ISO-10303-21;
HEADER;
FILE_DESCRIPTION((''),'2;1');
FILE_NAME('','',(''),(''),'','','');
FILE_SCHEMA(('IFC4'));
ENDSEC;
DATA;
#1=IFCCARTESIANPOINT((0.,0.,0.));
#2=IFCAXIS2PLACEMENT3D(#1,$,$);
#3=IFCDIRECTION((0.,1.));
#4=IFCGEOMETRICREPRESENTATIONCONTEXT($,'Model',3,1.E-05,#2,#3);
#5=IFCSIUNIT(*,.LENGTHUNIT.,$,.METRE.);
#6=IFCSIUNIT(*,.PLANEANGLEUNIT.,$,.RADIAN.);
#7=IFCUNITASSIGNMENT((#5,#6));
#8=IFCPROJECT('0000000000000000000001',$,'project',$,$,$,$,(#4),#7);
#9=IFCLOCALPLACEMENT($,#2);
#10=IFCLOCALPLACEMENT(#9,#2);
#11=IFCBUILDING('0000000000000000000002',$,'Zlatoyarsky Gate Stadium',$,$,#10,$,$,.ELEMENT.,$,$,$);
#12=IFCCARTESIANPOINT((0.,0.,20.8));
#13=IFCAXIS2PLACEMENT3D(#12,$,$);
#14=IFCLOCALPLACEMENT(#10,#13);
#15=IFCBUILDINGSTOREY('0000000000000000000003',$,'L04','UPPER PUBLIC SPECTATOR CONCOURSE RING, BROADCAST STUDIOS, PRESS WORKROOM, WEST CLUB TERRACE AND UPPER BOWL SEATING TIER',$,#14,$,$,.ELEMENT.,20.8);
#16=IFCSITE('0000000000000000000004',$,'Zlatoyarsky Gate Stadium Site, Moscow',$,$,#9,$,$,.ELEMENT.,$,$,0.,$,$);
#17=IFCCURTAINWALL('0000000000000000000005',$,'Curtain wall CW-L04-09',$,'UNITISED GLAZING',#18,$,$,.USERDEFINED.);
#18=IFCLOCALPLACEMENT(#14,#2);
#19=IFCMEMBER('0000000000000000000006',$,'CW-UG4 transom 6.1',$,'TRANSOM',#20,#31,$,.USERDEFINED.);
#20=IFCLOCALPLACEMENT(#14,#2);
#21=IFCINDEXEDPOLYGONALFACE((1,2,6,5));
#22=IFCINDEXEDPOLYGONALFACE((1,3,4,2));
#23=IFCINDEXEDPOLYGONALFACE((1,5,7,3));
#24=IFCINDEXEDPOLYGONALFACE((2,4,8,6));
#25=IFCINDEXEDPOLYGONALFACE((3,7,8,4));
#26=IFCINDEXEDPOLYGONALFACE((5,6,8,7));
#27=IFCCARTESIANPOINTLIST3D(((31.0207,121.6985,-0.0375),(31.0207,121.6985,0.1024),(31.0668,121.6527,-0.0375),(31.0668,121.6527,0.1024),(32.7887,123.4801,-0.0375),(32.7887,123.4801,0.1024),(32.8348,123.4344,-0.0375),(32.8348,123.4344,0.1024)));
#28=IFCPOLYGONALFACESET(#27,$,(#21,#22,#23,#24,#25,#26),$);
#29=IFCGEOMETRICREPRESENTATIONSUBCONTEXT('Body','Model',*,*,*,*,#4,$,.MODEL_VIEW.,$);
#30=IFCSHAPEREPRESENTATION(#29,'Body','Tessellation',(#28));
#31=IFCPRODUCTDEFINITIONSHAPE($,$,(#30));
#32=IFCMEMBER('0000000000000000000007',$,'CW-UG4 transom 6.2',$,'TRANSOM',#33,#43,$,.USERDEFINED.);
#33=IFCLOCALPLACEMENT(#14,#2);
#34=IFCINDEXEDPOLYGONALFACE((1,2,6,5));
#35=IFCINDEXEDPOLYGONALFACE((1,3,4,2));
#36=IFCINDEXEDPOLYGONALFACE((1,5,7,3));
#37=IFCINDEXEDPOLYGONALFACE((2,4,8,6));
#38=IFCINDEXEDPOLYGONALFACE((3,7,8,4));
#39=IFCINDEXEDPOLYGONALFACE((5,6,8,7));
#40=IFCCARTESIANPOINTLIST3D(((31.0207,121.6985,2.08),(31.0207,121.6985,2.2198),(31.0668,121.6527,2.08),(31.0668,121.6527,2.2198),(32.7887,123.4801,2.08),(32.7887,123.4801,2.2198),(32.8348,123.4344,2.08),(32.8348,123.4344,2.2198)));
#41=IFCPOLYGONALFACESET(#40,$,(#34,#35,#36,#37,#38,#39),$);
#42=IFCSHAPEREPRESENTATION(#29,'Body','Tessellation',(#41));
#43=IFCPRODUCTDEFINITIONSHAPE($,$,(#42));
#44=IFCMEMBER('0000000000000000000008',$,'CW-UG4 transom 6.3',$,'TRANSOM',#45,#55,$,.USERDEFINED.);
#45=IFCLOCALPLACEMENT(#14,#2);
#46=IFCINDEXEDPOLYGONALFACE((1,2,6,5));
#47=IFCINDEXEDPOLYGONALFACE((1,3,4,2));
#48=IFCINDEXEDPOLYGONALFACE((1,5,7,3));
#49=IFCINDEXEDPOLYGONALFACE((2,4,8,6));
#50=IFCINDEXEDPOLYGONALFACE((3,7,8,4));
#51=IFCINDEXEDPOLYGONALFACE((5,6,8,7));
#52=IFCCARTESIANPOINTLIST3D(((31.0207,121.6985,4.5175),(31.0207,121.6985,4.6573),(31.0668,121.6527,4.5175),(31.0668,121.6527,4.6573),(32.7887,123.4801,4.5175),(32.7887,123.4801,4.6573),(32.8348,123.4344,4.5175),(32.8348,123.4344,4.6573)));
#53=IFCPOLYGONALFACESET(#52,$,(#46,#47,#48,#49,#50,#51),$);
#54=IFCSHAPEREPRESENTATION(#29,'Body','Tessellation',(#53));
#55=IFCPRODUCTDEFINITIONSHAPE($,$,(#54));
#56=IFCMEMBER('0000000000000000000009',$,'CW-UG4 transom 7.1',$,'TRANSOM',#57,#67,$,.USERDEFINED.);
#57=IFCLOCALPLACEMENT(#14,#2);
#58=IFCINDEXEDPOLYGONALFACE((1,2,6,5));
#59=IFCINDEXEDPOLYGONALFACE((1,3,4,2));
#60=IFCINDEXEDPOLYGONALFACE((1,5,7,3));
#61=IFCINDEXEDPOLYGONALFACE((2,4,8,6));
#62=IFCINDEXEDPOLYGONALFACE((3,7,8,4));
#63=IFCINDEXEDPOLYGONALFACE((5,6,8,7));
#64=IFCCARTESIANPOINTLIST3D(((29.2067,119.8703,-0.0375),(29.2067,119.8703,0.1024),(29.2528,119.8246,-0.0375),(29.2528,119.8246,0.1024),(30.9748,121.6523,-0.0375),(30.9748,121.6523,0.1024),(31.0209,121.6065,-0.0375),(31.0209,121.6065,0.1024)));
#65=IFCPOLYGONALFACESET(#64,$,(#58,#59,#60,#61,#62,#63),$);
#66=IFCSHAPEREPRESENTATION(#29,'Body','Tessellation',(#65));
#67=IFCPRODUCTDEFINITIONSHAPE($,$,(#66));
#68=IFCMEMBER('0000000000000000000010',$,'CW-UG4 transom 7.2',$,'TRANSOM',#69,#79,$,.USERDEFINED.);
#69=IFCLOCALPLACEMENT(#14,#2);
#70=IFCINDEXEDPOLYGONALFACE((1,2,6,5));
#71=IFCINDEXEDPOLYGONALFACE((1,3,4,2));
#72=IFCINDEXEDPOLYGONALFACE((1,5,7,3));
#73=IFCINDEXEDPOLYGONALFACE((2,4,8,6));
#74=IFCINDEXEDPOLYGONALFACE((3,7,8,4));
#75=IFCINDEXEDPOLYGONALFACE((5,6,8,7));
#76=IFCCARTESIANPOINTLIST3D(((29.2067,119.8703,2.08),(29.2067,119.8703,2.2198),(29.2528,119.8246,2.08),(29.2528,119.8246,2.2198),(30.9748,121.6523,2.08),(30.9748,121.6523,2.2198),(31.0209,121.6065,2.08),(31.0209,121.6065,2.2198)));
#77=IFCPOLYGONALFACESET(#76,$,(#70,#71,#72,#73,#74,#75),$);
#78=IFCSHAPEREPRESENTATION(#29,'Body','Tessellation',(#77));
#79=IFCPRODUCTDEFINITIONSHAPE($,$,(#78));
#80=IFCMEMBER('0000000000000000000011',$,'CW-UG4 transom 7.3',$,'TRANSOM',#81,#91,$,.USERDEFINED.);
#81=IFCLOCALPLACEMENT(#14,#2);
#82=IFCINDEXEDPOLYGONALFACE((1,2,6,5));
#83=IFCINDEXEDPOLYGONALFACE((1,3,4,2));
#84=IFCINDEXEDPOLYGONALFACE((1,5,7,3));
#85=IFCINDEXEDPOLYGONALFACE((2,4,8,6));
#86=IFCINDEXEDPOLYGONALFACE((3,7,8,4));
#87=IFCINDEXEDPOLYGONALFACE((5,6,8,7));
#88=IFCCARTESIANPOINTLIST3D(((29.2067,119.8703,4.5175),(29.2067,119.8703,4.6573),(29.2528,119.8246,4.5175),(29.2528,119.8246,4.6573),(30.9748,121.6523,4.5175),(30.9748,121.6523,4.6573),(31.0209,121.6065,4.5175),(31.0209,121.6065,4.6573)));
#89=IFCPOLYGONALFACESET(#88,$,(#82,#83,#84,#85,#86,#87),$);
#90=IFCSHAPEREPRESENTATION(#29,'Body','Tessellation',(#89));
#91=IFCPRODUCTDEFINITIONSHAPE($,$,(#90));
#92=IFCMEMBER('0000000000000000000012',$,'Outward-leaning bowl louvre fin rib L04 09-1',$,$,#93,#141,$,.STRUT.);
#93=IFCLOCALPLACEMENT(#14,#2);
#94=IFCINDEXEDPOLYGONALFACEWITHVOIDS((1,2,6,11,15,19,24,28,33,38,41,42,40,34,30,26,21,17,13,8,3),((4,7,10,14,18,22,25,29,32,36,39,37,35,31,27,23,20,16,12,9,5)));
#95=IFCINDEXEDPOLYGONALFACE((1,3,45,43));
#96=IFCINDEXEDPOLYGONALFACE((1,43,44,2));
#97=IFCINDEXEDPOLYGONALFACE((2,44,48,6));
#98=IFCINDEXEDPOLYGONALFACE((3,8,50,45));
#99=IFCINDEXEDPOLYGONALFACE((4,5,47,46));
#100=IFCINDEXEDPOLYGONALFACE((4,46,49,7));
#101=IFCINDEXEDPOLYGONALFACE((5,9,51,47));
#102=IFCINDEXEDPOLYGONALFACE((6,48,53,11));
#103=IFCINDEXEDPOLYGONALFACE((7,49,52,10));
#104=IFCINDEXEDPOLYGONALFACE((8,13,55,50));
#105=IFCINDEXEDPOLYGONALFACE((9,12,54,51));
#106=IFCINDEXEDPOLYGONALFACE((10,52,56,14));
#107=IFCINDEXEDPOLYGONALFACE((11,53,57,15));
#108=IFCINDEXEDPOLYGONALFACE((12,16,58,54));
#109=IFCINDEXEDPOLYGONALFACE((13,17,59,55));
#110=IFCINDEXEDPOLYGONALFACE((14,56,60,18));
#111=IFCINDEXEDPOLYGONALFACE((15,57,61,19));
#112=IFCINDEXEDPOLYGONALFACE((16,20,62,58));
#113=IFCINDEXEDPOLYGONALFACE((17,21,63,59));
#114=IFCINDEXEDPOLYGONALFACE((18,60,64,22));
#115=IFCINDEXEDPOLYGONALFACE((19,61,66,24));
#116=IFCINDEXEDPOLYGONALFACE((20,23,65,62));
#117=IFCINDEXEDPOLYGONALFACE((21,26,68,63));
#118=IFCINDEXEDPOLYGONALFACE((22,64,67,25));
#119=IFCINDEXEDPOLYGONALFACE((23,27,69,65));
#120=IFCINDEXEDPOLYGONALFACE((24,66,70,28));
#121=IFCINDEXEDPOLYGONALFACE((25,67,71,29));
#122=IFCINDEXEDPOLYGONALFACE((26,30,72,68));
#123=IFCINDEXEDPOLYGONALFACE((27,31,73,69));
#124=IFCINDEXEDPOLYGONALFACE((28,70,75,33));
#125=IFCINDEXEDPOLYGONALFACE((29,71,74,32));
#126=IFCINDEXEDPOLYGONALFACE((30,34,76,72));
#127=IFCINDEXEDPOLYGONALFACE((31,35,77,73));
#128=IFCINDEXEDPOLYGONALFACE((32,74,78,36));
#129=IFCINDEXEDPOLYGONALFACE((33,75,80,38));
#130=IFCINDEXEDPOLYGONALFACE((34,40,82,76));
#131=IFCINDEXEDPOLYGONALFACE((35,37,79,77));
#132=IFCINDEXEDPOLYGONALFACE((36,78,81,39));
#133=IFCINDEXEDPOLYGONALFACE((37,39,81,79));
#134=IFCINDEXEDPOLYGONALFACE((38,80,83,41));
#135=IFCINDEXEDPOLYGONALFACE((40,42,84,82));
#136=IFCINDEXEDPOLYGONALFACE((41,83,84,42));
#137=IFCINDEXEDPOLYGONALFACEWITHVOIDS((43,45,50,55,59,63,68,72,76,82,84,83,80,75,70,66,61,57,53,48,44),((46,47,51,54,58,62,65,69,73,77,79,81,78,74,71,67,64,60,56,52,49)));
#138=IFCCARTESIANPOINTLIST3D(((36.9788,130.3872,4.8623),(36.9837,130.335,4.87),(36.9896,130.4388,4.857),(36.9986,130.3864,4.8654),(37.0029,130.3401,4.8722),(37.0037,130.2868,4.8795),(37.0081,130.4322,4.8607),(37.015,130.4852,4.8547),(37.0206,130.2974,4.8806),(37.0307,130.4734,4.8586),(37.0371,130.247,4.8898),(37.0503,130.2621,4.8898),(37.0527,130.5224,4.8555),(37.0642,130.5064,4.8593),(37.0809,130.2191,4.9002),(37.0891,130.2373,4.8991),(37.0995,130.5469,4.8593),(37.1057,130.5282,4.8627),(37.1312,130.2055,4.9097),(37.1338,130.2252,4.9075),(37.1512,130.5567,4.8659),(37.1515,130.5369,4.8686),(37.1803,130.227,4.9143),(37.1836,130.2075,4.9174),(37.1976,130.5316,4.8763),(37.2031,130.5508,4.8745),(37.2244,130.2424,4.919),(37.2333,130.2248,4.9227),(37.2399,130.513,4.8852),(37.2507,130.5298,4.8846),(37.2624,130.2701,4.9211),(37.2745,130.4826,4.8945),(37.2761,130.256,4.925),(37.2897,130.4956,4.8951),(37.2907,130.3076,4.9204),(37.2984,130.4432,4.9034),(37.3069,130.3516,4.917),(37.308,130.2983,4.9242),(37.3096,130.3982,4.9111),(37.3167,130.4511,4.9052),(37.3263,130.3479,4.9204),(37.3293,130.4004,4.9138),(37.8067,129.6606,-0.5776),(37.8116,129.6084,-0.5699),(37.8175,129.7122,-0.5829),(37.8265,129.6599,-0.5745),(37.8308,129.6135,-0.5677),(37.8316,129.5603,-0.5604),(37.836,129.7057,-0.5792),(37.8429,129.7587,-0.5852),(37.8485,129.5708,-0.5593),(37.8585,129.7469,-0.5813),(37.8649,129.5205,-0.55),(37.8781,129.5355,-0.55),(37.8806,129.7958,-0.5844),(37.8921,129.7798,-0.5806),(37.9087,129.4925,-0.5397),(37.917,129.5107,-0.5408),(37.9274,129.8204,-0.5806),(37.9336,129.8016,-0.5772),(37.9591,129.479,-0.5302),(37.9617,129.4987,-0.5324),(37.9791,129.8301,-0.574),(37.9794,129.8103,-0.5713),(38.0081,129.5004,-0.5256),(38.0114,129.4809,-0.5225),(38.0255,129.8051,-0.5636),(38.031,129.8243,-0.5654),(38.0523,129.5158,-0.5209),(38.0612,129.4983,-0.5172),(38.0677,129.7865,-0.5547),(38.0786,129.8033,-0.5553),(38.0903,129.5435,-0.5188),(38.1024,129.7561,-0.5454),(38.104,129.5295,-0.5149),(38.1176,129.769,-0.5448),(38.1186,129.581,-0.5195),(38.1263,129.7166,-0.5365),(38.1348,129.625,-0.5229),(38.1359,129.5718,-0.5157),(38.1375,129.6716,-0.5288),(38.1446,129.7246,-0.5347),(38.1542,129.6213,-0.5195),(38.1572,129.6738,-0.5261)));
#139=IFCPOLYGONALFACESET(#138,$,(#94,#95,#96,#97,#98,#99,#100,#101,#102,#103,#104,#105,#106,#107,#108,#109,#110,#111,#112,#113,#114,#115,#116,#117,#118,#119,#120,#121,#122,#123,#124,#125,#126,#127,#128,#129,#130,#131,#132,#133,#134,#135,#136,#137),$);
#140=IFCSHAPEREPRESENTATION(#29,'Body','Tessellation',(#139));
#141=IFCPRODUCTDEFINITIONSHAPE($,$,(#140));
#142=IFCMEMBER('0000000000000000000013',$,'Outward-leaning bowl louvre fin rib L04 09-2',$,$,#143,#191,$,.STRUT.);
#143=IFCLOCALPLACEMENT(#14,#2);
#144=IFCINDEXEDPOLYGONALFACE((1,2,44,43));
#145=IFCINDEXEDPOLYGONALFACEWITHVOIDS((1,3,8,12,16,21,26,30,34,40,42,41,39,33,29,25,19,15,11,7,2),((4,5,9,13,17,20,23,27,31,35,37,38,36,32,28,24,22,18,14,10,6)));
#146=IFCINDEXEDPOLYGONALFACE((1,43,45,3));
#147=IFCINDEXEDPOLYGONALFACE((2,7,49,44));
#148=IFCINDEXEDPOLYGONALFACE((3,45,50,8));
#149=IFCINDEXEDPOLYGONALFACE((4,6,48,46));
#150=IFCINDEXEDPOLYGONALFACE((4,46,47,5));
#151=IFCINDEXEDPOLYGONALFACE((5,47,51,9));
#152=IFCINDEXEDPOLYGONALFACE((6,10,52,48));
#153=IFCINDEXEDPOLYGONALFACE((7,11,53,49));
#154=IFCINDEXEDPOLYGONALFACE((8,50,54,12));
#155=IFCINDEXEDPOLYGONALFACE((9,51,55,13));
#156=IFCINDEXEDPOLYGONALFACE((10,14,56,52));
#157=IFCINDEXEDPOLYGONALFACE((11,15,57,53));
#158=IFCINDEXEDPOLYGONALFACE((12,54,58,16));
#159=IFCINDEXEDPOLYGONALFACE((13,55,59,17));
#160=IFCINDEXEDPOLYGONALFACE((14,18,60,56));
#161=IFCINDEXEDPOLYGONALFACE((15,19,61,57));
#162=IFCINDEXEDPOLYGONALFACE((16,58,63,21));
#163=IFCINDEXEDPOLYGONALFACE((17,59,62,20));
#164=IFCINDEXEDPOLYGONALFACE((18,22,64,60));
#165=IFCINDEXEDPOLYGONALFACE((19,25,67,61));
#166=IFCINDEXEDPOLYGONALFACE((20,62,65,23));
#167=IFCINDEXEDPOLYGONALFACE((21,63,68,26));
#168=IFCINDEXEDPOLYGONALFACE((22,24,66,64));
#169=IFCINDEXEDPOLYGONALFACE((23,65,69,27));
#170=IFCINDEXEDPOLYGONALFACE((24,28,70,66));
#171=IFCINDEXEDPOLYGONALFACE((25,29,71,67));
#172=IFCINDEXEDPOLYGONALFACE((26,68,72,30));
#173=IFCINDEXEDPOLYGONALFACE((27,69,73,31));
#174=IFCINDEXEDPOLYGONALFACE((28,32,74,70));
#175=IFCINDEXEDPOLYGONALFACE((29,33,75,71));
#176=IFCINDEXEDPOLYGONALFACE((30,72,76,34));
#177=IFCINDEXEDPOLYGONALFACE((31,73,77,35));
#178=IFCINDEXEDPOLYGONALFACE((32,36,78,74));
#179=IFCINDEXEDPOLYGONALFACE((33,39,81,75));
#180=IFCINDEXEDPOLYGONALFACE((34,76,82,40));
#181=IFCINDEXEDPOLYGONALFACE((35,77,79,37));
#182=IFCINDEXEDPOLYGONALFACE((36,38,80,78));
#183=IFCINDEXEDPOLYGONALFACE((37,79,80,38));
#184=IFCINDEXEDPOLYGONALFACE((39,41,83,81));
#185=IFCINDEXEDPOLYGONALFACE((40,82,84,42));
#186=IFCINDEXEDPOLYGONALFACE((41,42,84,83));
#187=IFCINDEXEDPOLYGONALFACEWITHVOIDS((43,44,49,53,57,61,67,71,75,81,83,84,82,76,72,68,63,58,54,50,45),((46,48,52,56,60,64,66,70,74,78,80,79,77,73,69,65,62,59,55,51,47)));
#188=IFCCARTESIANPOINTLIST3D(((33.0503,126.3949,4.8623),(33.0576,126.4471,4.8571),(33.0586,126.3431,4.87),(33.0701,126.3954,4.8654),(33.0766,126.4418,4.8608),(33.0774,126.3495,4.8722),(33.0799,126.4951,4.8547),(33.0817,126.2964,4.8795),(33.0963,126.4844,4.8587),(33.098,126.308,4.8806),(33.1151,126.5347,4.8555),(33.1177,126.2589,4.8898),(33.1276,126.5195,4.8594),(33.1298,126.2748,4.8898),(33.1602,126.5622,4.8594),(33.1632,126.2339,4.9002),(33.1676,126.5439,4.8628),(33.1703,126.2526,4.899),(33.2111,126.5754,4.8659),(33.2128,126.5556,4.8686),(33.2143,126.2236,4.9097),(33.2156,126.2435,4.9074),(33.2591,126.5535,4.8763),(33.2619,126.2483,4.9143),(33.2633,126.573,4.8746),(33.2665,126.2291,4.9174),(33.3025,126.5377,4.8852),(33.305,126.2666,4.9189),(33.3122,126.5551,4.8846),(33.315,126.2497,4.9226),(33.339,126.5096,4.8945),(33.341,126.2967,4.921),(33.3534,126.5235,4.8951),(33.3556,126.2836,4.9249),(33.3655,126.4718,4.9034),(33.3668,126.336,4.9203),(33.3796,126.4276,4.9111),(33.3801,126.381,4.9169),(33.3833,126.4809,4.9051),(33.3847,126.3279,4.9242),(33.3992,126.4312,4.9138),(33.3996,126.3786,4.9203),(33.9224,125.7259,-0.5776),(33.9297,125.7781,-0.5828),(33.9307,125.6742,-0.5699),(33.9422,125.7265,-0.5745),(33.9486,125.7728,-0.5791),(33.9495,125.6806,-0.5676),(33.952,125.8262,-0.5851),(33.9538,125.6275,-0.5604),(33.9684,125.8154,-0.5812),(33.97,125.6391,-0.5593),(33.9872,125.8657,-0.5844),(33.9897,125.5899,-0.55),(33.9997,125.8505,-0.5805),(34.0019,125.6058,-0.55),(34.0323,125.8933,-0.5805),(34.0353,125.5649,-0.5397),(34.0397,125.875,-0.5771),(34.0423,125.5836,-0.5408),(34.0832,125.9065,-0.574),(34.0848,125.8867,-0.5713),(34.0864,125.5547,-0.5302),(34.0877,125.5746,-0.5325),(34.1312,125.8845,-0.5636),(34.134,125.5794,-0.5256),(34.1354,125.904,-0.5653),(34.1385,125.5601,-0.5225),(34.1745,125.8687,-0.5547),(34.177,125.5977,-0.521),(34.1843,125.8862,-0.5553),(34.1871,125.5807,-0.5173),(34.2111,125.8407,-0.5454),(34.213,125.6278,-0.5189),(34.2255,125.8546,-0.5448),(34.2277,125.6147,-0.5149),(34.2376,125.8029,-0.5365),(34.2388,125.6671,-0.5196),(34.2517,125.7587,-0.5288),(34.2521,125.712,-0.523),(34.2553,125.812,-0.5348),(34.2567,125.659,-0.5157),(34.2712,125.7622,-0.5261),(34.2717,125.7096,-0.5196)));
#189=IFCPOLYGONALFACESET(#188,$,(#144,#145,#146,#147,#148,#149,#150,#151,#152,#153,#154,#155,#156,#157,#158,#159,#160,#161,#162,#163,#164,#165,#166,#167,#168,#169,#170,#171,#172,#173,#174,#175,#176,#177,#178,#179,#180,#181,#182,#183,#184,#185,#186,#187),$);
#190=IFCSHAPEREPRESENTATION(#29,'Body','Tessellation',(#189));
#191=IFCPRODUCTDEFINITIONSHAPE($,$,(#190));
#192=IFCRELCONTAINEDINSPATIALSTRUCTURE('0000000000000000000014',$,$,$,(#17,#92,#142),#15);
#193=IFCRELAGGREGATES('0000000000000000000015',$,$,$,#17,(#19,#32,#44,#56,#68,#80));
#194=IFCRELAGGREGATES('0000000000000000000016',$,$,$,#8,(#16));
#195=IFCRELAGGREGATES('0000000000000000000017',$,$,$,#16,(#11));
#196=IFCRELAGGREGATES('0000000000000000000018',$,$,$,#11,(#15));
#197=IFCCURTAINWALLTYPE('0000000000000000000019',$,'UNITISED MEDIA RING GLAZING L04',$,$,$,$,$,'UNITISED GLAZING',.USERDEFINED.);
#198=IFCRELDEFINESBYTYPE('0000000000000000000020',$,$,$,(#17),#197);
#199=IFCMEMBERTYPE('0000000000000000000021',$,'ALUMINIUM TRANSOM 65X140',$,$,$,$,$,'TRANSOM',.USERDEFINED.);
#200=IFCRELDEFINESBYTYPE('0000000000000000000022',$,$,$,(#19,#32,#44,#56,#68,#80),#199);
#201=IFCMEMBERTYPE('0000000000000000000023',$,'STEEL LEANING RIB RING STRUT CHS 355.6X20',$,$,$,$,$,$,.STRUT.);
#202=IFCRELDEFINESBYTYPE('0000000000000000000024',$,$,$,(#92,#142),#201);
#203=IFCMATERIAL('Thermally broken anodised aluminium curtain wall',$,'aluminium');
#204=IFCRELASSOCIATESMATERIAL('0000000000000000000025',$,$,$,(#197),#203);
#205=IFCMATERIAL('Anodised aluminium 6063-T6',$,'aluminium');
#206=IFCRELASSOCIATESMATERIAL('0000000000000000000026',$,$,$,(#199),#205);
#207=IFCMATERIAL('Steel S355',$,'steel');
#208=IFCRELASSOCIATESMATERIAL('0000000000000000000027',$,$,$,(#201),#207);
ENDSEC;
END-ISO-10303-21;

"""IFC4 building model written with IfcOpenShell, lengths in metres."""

from ifc_helpers import new_model, si_unit, direction, frame, origin, origin_2d, place, context, subcontext, project, spatial, rectangle, hollow_circle, extrude, material, material_profile, profile_set, type_object, element, aggregate, save


model = new_model("IFC4")

# Units and contexts
model_context = context("Model", 3, precision=1e-05, world=origin(), true_north=direction((0.0, 1.0)))
body_context = subcontext(model_context, "Body", "Model", "MODEL_VIEW")
ifc_project = project(units=[si_unit("LENGTHUNIT", "METRE"), si_unit("PLANEANGLEUNIT", "RADIAN")], contexts=[model_context])

# Site, building, storey
site_placement = place(None, origin())
site = spatial("IfcSite", under=ifc_project, at=site_placement, Name="Zlatoyarsky Gate Stadium Site, Moscow", CompositionType="ELEMENT", RefElevation=0.0)
building_placement = place(site_placement, origin())
building = spatial("IfcBuilding", under=site, at=building_placement, Name="Zlatoyarsky Gate Stadium", CompositionType="ELEMENT")
storey_placement = place(building_placement, frame((0.0, 0.0, 20.8)))
storey = spatial("IfcBuildingStorey", under=building, at=storey_placement, Name="L04", Description="UPPER PUBLIC SPECTATOR CONCOURSE RING, BROADCAST STUDIOS, PRESS WORKROOM, WEST CLUB TERRACE AND UPPER BOWL SEATING TIER", CompositionType="ELEMENT", Elevation=20.8)

# Curtain wall, members
ifc_material_1 = material(Name="Thermally broken anodised aluminium curtain wall", Category="aluminium")
curtain_wall_type = type_object("IfcCurtainWallType", Name="UNITISED MEDIA RING GLAZING L04", ElementType="UNITISED GLAZING", PredefinedType="USERDEFINED", material=ifc_material_1)
curtain_wall_placement = place(storey_placement, origin())
curtain_wall = element("IfcCurtainWall", 1, at=curtain_wall_placement, inside=storey, type_object=curtain_wall_type, Name="Curtain wall CW-L04-09", ObjectType="UNITISED GLAZING", PredefinedType="USERDEFINED")
ifc_material_2 = material(Name="Anodised aluminium 6063-T6", Category="aluminium")
ifc_material_profile_1 = material_profile(ifc_material_2, rectangle(XDim=0.0649, YDim=0.1399, at=origin_2d()), Name="ALU 65X140")
ifc_profile_set_1 = profile_set([ifc_material_profile_1], Name="Anodised aluminium 6063-T6")
member_type_1 = type_object("IfcMemberType", Name="ALUMINIUM TRANSOM 65X140", ElementType="TRANSOM", PredefinedType="USERDEFINED", material=ifc_profile_set_1)
member_1_placement = place(storey_placement, frame((32.8118, 123.4573, 0.0325), z_axis=(-0.704378, -0.709825, 0.0), x_axis=(0.709825, -0.704378, 0.0)))
member_1 = element("IfcMember", 2, at=member_1_placement, type_object=member_type_1, Name="CW-UG4 transom 6.1", ObjectType="TRANSOM", PredefinedType="USERDEFINED", context=body_context, shape_type="SweptSolid", body=[
    extrude(rectangle(XDim=0.0649, YDim=0.1399, at=origin_2d()), origin(), (0.0, 0.0, 1.0), 2.51),
])
member_2_placement = place(storey_placement, frame((32.8118, 123.4573, 2.1499), z_axis=(-0.704378, -0.709825, 0.0), x_axis=(0.709825, -0.704378, 0.0)))
member_2 = element("IfcMember", 3, at=member_2_placement, type_object=member_type_1, Name="CW-UG4 transom 6.2", ObjectType="TRANSOM", PredefinedType="USERDEFINED", context=body_context, shape_type="SweptSolid", body=[
    extrude(rectangle(XDim=0.0649, YDim=0.1399, at=origin_2d()), origin(), (0.0, 0.0, 1.0), 2.51),
])
member_3_placement = place(storey_placement, frame((32.8118, 123.4573, 4.5874), z_axis=(-0.704378, -0.709825, 0.0), x_axis=(0.709825, -0.704378, 0.0)))
member_3 = element("IfcMember", 4, at=member_3_placement, type_object=member_type_1, Name="CW-UG4 transom 6.3", ObjectType="TRANSOM", PredefinedType="USERDEFINED", context=body_context, shape_type="SweptSolid", body=[
    extrude(rectangle(XDim=0.0649, YDim=0.1399, at=origin_2d()), origin(), (0.0, 0.0, 1.0), 2.51),
])
member_4_placement = place(storey_placement, frame((30.9978, 121.6294, 0.0325), z_axis=(-0.70433, -0.709873, 0.0), x_axis=(0.709873, -0.70433, 0.0)))
member_4 = element("IfcMember", 5, at=member_4_placement, type_object=member_type_1, Name="CW-UG4 transom 7.1", ObjectType="TRANSOM", PredefinedType="USERDEFINED", context=body_context, shape_type="SweptSolid", body=[
    extrude(rectangle(XDim=0.0649, YDim=0.1399, at=origin_2d()), origin(), (0.0, 0.0, 1.0), 2.5103),
])
member_5_placement = place(storey_placement, frame((30.9978, 121.6294, 2.1499), z_axis=(-0.70433, -0.709873, 0.0), x_axis=(0.709873, -0.70433, 0.0)))
member_5 = element("IfcMember", 6, at=member_5_placement, type_object=member_type_1, Name="CW-UG4 transom 7.2", ObjectType="TRANSOM", PredefinedType="USERDEFINED", context=body_context, shape_type="SweptSolid", body=[
    extrude(rectangle(XDim=0.0649, YDim=0.1399, at=origin_2d()), origin(), (0.0, 0.0, 1.0), 2.5103),
])
member_6_placement = place(storey_placement, frame((30.9978, 121.6294, 4.5874), z_axis=(-0.70433, -0.709873, 0.0), x_axis=(0.709873, -0.70433, 0.0)))
member_6 = element("IfcMember", 7, at=member_6_placement, type_object=member_type_1, Name="CW-UG4 transom 7.3", ObjectType="TRANSOM", PredefinedType="USERDEFINED", context=body_context, shape_type="SweptSolid", body=[
    extrude(rectangle(XDim=0.0649, YDim=0.1399, at=origin_2d()), origin(), (0.0, 0.0, 1.0), 2.5103),
])

# Members
ifc_material_3 = material(Name="Steel S355", Category="steel")
ifc_material_profile_2 = material_profile(ifc_material_3, hollow_circle(Radius=0.1777, WallThickness=0.02, at=origin_2d()), Name="CHS 355.6X20")
ifc_profile_set_2 = profile_set([ifc_material_profile_2], Name="Steel S355")
member_type_2 = type_object("IfcMemberType", Name="STEEL LEANING RIB RING STRUT CHS 355.6X20", PredefinedType="STRUT", material=ifc_profile_set_2)
member_7_placement = place(storey_placement, frame((37.9822, 129.6541, -0.55), z_axis=(-0.149159, 0.130904, 0.98011), x_axis=(-0.659618, -0.751601, 0.0)))
element("IfcMember", 8, at=member_7_placement, inside=storey, type_object=member_type_2, Name="Outward-leaning bowl louvre fin rib L04 09-1", PredefinedType="STRUT", context=body_context, shape_type="SweptSolid", body=[
    extrude(hollow_circle(Radius=0.1777, WallThickness=0.02, at=origin_2d()), origin(), (0.0, 0.0, 1.0), 5.5503),
])
member_8_placement = place(storey_placement, frame((34.0979, 125.731, -0.55), z_axis=(-0.157134, 0.120534, 0.980194), x_axis=(-0.608637, -0.793449, 0.0)))
element("IfcMember", 9, at=member_8_placement, inside=storey, type_object=member_type_2, Name="Outward-leaning bowl louvre fin rib L04 09-2", PredefinedType="STRUT", context=body_context, shape_type="SweptSolid", body=[
    extrude(hollow_circle(Radius=0.1777, WallThickness=0.02, at=origin_2d()), origin(), (0.0, 0.0, 1.0), 5.5498),
])

aggregate(curtain_wall, [member_1, member_2, member_3, member_4, member_5, member_6])

save(model, "model.ifc")
